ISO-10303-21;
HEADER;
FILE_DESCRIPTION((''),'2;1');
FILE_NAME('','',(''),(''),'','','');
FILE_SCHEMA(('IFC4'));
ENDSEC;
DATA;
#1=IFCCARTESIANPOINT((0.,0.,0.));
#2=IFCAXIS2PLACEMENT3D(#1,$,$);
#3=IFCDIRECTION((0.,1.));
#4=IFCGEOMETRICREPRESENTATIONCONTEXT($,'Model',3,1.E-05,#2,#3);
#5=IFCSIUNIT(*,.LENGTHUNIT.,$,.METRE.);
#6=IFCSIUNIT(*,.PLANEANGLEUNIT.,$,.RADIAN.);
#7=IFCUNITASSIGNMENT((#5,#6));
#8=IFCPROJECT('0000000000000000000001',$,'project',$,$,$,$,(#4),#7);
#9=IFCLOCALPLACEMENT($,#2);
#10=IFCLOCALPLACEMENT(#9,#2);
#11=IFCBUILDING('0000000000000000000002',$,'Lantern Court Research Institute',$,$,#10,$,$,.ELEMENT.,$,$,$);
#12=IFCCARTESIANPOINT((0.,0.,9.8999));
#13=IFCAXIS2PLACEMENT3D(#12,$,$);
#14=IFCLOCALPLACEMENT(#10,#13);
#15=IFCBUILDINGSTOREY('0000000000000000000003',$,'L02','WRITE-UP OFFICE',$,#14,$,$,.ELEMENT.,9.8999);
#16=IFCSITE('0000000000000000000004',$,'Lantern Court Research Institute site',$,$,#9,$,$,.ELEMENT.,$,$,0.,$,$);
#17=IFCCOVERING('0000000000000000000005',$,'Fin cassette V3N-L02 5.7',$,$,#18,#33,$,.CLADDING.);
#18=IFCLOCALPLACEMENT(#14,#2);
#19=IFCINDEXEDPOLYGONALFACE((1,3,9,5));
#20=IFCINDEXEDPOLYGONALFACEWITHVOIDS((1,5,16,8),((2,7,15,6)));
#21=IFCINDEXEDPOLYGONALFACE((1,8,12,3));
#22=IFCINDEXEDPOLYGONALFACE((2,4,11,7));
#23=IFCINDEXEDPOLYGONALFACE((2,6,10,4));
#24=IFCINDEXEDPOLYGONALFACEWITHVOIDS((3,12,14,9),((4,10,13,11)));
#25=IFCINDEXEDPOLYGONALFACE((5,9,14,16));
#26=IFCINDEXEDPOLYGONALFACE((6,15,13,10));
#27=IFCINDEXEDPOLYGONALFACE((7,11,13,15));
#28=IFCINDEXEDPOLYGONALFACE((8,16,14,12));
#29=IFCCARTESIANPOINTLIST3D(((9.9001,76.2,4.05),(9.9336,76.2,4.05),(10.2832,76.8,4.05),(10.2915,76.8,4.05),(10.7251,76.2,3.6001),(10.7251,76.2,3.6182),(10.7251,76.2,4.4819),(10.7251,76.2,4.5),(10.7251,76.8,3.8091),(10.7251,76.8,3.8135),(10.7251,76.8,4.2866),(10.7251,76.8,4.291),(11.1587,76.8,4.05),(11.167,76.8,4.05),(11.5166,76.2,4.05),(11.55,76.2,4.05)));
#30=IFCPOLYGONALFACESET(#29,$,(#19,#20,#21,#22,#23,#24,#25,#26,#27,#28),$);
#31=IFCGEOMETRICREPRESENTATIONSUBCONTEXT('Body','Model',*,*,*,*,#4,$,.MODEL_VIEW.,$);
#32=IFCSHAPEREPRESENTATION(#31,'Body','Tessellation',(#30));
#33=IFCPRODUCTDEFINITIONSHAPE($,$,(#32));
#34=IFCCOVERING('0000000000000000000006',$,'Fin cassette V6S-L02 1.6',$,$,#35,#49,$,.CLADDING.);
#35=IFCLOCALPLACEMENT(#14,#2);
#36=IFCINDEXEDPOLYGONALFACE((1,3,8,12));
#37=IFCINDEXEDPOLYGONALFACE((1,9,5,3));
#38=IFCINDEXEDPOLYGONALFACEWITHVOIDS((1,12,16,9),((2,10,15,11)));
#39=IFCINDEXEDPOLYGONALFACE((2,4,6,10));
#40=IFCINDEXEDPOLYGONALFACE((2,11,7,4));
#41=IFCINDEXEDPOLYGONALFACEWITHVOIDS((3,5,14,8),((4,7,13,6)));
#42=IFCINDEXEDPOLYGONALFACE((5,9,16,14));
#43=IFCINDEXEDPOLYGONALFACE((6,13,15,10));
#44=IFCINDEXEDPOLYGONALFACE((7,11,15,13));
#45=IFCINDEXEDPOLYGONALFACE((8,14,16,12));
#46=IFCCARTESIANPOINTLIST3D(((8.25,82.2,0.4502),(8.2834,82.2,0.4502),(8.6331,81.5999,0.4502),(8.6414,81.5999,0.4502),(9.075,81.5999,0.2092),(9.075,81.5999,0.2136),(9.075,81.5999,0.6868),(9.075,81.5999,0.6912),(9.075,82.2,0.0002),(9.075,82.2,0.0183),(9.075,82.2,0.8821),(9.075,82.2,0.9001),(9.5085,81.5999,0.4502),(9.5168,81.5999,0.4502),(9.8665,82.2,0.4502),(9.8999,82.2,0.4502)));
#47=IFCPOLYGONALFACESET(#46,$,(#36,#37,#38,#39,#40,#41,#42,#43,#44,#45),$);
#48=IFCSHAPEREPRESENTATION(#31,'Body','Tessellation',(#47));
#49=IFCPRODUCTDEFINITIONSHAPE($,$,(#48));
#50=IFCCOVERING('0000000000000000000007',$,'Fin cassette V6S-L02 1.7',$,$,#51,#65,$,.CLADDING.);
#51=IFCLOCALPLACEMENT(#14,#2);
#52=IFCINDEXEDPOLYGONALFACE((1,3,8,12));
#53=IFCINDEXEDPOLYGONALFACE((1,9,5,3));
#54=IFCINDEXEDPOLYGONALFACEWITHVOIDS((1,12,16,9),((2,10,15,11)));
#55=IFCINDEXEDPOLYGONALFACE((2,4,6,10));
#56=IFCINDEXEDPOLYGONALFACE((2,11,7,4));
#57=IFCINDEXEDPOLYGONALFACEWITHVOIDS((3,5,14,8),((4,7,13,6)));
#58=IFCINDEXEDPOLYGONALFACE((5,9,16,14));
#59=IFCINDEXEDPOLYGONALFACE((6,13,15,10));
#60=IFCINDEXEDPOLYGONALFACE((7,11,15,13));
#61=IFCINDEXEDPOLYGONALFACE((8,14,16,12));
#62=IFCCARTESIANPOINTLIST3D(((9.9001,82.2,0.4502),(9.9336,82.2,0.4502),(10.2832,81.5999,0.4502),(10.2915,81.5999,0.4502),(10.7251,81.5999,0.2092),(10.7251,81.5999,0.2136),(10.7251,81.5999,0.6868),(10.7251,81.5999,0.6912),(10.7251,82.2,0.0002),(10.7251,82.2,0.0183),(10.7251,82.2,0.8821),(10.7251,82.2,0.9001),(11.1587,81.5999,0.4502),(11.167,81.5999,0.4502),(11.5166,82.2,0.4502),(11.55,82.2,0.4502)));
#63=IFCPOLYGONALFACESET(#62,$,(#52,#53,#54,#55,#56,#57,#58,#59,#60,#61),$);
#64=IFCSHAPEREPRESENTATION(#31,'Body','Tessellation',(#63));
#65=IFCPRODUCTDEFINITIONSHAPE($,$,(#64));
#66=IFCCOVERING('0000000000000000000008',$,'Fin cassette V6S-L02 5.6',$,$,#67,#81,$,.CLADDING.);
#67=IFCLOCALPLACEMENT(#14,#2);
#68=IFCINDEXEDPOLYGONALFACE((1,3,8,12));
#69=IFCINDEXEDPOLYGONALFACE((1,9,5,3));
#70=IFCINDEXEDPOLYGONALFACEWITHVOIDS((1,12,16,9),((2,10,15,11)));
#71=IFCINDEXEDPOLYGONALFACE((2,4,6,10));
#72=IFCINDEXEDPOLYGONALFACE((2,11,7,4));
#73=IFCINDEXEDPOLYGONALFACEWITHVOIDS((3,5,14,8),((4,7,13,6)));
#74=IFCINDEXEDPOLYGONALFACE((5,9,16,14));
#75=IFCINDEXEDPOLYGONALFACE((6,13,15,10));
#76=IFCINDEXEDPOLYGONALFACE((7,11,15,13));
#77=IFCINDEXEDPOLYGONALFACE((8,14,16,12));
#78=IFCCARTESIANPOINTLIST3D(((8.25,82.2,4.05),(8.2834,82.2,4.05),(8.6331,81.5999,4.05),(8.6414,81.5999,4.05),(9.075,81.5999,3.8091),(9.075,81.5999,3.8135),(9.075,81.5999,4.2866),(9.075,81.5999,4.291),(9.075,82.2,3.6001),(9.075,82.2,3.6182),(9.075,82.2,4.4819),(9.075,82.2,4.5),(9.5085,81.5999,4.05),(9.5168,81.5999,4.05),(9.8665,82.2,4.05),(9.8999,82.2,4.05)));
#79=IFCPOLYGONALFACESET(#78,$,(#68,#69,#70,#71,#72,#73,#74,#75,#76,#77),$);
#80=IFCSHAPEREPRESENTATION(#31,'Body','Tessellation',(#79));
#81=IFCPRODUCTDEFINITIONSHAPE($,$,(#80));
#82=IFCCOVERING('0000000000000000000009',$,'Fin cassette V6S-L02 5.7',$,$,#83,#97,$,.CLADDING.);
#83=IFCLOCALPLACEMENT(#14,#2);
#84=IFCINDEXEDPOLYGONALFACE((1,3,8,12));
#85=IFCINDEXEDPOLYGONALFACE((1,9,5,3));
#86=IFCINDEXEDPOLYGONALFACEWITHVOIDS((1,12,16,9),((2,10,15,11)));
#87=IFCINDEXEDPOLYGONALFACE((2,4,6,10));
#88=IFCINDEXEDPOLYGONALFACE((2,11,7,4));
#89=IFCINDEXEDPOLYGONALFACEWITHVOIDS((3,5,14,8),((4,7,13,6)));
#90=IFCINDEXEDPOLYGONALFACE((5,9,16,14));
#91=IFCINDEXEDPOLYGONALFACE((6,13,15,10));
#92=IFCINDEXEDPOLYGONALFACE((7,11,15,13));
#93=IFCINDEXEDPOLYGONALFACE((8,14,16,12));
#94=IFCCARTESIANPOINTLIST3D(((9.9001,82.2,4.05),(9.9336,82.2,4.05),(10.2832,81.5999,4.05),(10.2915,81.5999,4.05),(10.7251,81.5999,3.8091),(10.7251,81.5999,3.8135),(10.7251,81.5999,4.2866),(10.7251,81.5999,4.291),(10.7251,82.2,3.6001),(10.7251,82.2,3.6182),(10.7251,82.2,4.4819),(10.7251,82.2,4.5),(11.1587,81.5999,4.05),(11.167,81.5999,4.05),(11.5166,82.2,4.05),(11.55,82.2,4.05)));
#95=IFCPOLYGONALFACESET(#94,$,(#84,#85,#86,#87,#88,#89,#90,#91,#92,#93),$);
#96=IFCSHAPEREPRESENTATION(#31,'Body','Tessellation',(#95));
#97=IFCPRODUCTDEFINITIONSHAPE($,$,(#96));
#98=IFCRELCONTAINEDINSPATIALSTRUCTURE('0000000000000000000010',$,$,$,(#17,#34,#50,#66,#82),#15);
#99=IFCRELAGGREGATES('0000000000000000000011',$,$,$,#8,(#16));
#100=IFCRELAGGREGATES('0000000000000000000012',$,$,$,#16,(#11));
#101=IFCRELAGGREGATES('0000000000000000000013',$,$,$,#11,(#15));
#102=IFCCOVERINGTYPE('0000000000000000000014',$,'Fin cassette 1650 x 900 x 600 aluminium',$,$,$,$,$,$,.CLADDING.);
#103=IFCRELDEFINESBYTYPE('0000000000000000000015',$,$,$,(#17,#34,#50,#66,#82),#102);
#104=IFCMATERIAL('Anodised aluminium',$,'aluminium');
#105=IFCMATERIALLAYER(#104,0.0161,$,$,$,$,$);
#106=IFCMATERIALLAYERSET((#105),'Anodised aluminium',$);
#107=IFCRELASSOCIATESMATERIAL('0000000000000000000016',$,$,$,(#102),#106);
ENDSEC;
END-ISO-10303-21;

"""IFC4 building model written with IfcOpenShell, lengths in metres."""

from ifc_helpers import new_model, entity, si_unit, direction, frame, origin, place, context, subcontext, project, spatial, material, layer, layer_set, type_object, element, save


model = new_model("IFC4")

# Units and contexts
model_context = context("Model", 3, precision=1e-05, world=origin(), true_north=direction((0.0, 1.0)))
body_context = subcontext(model_context, "Body", "Model", "MODEL_VIEW")
ifc_project = project(units=[si_unit("LENGTHUNIT", "METRE"), si_unit("PLANEANGLEUNIT", "RADIAN")], contexts=[model_context])

# Site, building, storey
site_placement = place(None, origin())
site = spatial("IfcSite", under=ifc_project, at=site_placement, Name="Lantern Court Research Institute site", CompositionType="ELEMENT", RefElevation=0.0)
building_placement = place(site_placement, origin())
building = spatial("IfcBuilding", under=site, at=building_placement, Name="Lantern Court Research Institute", CompositionType="ELEMENT")
storey_placement = place(building_placement, frame((0.0, 0.0, 9.8999)))
storey = spatial("IfcBuildingStorey", under=building, at=storey_placement, Name="L02", Description="WRITE-UP OFFICE", CompositionType="ELEMENT", Elevation=9.8999)

# Coverings
ifc_material_1 = material(Name="Anodised aluminium", Category="aluminium")
ifc_layer_1 = layer(ifc_material_1, 0.0161)
ifc_layer_set_1 = layer_set([ifc_layer_1], Name="Anodised aluminium")
covering_type_1 = type_object("IfcCoveringType", Name="Fin cassette 1650 x 900 x 600 aluminium", PredefinedType="CLADDING", material=ifc_layer_set_1)
covering_1_placement = place(storey_placement, frame((10.7251, 76.2, 4.05), z_axis=(0.0, 1.0, 0.0), x_axis=(-1.0, 0.0, 0.0)))
cartesian_point_1 = entity("IfcCartesianPoint", [0.825, 0.0])
cartesian_point_2 = entity("IfcCartesianPoint", [0.7915, 0.0])
cartesian_point_3 = entity("IfcCartesianPoint", [0.4419, 0.0])
cartesian_point_4 = entity("IfcCartesianPoint", [0.4336, 0.0])
element("IfcCovering", 1, at=covering_1_placement, inside=storey, type_object=covering_type_1, Name="Fin cassette V3N-L02 5.7", PredefinedType="CLADDING", context=body_context, shape_type="SweptSolid", body=[
    entity("IfcExtrudedAreaSolidTapered", entity("IfcArbitraryProfileDefWithVoids", "AREA", None, entity("IfcPolyline", [cartesian_point_1, entity("IfcCartesianPoint", [0.0, 0.45]), entity("IfcCartesianPoint", [-0.825, 0.0]), entity("IfcCartesianPoint", [0.0, -0.45]), cartesian_point_1]), [entity("IfcPolyline", [cartesian_point_2, entity("IfcCartesianPoint", [0.0, 0.4319]), entity("IfcCartesianPoint", [-0.7915, 0.0]), entity("IfcCartesianPoint", [0.0, -0.4319]), cartesian_point_2])]), entity("IfcAxis2Placement3D", entity("IfcCartesianPoint", [0.0, 0.0, 0.0])), entity("IfcDirection", [0.0, 0.0, 1.0]), 0.6001, entity("IfcArbitraryProfileDefWithVoids", "AREA", None, entity("IfcPolyline", [cartesian_point_3, entity("IfcCartesianPoint", [0.0, 0.241]), entity("IfcCartesianPoint", [-0.4419, 0.0]), entity("IfcCartesianPoint", [0.0, -0.241]), cartesian_point_3]), [entity("IfcPolyline", [cartesian_point_4, entity("IfcCartesianPoint", [0.0, 0.2366]), entity("IfcCartesianPoint", [-0.4336, 0.0]), entity("IfcCartesianPoint", [0.0, -0.2366]), cartesian_point_4])])),
])
covering_2_placement = place(storey_placement, frame((9.075, 82.2, 0.4502), z_axis=(0.0, -1.0, 0.0), x_axis=(1.0, 0.0, 0.0)))
cartesian_point_5 = entity("IfcCartesianPoint", [0.825, 0.0])
cartesian_point_6 = entity("IfcCartesianPoint", [0.7915, 0.0])
cartesian_point_7 = entity("IfcCartesianPoint", [0.4419, 0.0])
cartesian_point_8 = entity("IfcCartesianPoint", [0.4336, 0.0])
element("IfcCovering", 2, at=covering_2_placement, inside=storey, type_object=covering_type_1, Name="Fin cassette V6S-L02 1.6", PredefinedType="CLADDING", context=body_context, shape_type="SweptSolid", body=[
    entity("IfcExtrudedAreaSolidTapered", entity("IfcArbitraryProfileDefWithVoids", "AREA", None, entity("IfcPolyline", [cartesian_point_5, entity("IfcCartesianPoint", [0.0, 0.45]), entity("IfcCartesianPoint", [-0.825, 0.0]), entity("IfcCartesianPoint", [0.0, -0.45]), cartesian_point_5]), [entity("IfcPolyline", [cartesian_point_6, entity("IfcCartesianPoint", [0.0, 0.4319]), entity("IfcCartesianPoint", [-0.7915, 0.0]), entity("IfcCartesianPoint", [0.0, -0.4319]), cartesian_point_6])]), entity("IfcAxis2Placement3D", entity("IfcCartesianPoint", [0.0, 0.0, 0.0])), entity("IfcDirection", [0.0, 0.0, 1.0]), 0.6001, entity("IfcArbitraryProfileDefWithVoids", "AREA", None, entity("IfcPolyline", [cartesian_point_7, entity("IfcCartesianPoint", [0.0, 0.241]), entity("IfcCartesianPoint", [-0.4419, 0.0]), entity("IfcCartesianPoint", [0.0, -0.241]), cartesian_point_7]), [entity("IfcPolyline", [cartesian_point_8, entity("IfcCartesianPoint", [0.0, 0.2366]), entity("IfcCartesianPoint", [-0.4336, 0.0]), entity("IfcCartesianPoint", [0.0, -0.2366]), cartesian_point_8])])),
])
covering_3_placement = place(storey_placement, frame((10.7251, 82.2, 0.4502), z_axis=(0.0, -1.0, 0.0), x_axis=(1.0, 0.0, 0.0)))
cartesian_point_9 = entity("IfcCartesianPoint", [0.825, 0.0])
cartesian_point_10 = entity("IfcCartesianPoint", [0.7915, 0.0])
cartesian_point_11 = entity("IfcCartesianPoint", [0.4419, 0.0])
cartesian_point_12 = entity("IfcCartesianPoint", [0.4336, 0.0])
element("IfcCovering", 3, at=covering_3_placement, inside=storey, type_object=covering_type_1, Name="Fin cassette V6S-L02 1.7", PredefinedType="CLADDING", context=body_context, shape_type="SweptSolid", body=[
    entity("IfcExtrudedAreaSolidTapered", entity("IfcArbitraryProfileDefWithVoids", "AREA", None, entity("IfcPolyline", [cartesian_point_9, entity("IfcCartesianPoint", [0.0, 0.45]), entity("IfcCartesianPoint", [-0.825, 0.0]), entity("IfcCartesianPoint", [0.0, -0.45]), cartesian_point_9]), [entity("IfcPolyline", [cartesian_point_10, entity("IfcCartesianPoint", [0.0, 0.4319]), entity("IfcCartesianPoint", [-0.7915, 0.0]), entity("IfcCartesianPoint", [0.0, -0.4319]), cartesian_point_10])]), entity("IfcAxis2Placement3D", entity("IfcCartesianPoint", [0.0, 0.0, 0.0])), entity("IfcDirection", [0.0, 0.0, 1.0]), 0.6001, entity("IfcArbitraryProfileDefWithVoids", "AREA", None, entity("IfcPolyline", [cartesian_point_11, entity("IfcCartesianPoint", [0.0, 0.241]), entity("IfcCartesianPoint", [-0.4419, 0.0]), entity("IfcCartesianPoint", [0.0, -0.241]), cartesian_point_11]), [entity("IfcPolyline", [cartesian_point_12, entity("IfcCartesianPoint", [0.0, 0.2366]), entity("IfcCartesianPoint", [-0.4336, 0.0]), entity("IfcCartesianPoint", [0.0, -0.2366]), cartesian_point_12])])),
])
covering_4_placement = place(storey_placement, frame((9.075, 82.2, 4.05), z_axis=(0.0, -1.0, 0.0), x_axis=(1.0, 0.0, 0.0)))
cartesian_point_13 = entity("IfcCartesianPoint", [0.825, 0.0])
cartesian_point_14 = entity("IfcCartesianPoint", [0.7915, 0.0])
cartesian_point_15 = entity("IfcCartesianPoint", [0.4419, 0.0])
cartesian_point_16 = entity("IfcCartesianPoint", [0.4336, 0.0])
element("IfcCovering", 4, at=covering_4_placement, inside=storey, type_object=covering_type_1, Name="Fin cassette V6S-L02 5.6", PredefinedType="CLADDING", context=body_context, shape_type="SweptSolid", body=[
    entity("IfcExtrudedAreaSolidTapered", entity("IfcArbitraryProfileDefWithVoids", "AREA", None, entity("IfcPolyline", [cartesian_point_13, entity("IfcCartesianPoint", [0.0, 0.45]), entity("IfcCartesianPoint", [-0.825, 0.0]), entity("IfcCartesianPoint", [0.0, -0.45]), cartesian_point_13]), [entity("IfcPolyline", [cartesian_point_14, entity("IfcCartesianPoint", [0.0, 0.4319]), entity("IfcCartesianPoint", [-0.7915, 0.0]), entity("IfcCartesianPoint", [0.0, -0.4319]), cartesian_point_14])]), entity("IfcAxis2Placement3D", entity("IfcCartesianPoint", [0.0, 0.0, 0.0])), entity("IfcDirection", [0.0, 0.0, 1.0]), 0.6001, entity("IfcArbitraryProfileDefWithVoids", "AREA", None, entity("IfcPolyline", [cartesian_point_15, entity("IfcCartesianPoint", [0.0, 0.241]), entity("IfcCartesianPoint", [-0.4419, 0.0]), entity("IfcCartesianPoint", [0.0, -0.241]), cartesian_point_15]), [entity("IfcPolyline", [cartesian_point_16, entity("IfcCartesianPoint", [0.0, 0.2366]), entity("IfcCartesianPoint", [-0.4336, 0.0]), entity("IfcCartesianPoint", [0.0, -0.2366]), cartesian_point_16])])),
])
covering_5_placement = place(storey_placement, frame((10.7251, 82.2, 4.05), z_axis=(0.0, -1.0, 0.0), x_axis=(1.0, 0.0, 0.0)))
cartesian_point_17 = entity("IfcCartesianPoint", [0.825, 0.0])
cartesian_point_18 = entity("IfcCartesianPoint", [0.7915, 0.0])
cartesian_point_19 = entity("IfcCartesianPoint", [0.4419, 0.0])
cartesian_point_20 = entity("IfcCartesianPoint", [0.4336, 0.0])
element("IfcCovering", 5, at=covering_5_placement, inside=storey, type_object=covering_type_1, Name="Fin cassette V6S-L02 5.7", PredefinedType="CLADDING", context=body_context, shape_type="SweptSolid", body=[
    entity("IfcExtrudedAreaSolidTapered", entity("IfcArbitraryProfileDefWithVoids", "AREA", None, entity("IfcPolyline", [cartesian_point_17, entity("IfcCartesianPoint", [0.0, 0.45]), entity("IfcCartesianPoint", [-0.825, 0.0]), entity("IfcCartesianPoint", [0.0, -0.45]), cartesian_point_17]), [entity("IfcPolyline", [cartesian_point_18, entity("IfcCartesianPoint", [0.0, 0.4319]), entity("IfcCartesianPoint", [-0.7915, 0.0]), entity("IfcCartesianPoint", [0.0, -0.4319]), cartesian_point_18])]), entity("IfcAxis2Placement3D", entity("IfcCartesianPoint", [0.0, 0.0, 0.0])), entity("IfcDirection", [0.0, 0.0, 1.0]), 0.6001, entity("IfcArbitraryProfileDefWithVoids", "AREA", None, entity("IfcPolyline", [cartesian_point_19, entity("IfcCartesianPoint", [0.0, 0.241]), entity("IfcCartesianPoint", [-0.4419, 0.0]), entity("IfcCartesianPoint", [0.0, -0.241]), cartesian_point_19]), [entity("IfcPolyline", [cartesian_point_20, entity("IfcCartesianPoint", [0.0, 0.2366]), entity("IfcCartesianPoint", [-0.4336, 0.0]), entity("IfcCartesianPoint", [0.0, -0.2366]), cartesian_point_20])])),
])

save(model, "model.ifc")
